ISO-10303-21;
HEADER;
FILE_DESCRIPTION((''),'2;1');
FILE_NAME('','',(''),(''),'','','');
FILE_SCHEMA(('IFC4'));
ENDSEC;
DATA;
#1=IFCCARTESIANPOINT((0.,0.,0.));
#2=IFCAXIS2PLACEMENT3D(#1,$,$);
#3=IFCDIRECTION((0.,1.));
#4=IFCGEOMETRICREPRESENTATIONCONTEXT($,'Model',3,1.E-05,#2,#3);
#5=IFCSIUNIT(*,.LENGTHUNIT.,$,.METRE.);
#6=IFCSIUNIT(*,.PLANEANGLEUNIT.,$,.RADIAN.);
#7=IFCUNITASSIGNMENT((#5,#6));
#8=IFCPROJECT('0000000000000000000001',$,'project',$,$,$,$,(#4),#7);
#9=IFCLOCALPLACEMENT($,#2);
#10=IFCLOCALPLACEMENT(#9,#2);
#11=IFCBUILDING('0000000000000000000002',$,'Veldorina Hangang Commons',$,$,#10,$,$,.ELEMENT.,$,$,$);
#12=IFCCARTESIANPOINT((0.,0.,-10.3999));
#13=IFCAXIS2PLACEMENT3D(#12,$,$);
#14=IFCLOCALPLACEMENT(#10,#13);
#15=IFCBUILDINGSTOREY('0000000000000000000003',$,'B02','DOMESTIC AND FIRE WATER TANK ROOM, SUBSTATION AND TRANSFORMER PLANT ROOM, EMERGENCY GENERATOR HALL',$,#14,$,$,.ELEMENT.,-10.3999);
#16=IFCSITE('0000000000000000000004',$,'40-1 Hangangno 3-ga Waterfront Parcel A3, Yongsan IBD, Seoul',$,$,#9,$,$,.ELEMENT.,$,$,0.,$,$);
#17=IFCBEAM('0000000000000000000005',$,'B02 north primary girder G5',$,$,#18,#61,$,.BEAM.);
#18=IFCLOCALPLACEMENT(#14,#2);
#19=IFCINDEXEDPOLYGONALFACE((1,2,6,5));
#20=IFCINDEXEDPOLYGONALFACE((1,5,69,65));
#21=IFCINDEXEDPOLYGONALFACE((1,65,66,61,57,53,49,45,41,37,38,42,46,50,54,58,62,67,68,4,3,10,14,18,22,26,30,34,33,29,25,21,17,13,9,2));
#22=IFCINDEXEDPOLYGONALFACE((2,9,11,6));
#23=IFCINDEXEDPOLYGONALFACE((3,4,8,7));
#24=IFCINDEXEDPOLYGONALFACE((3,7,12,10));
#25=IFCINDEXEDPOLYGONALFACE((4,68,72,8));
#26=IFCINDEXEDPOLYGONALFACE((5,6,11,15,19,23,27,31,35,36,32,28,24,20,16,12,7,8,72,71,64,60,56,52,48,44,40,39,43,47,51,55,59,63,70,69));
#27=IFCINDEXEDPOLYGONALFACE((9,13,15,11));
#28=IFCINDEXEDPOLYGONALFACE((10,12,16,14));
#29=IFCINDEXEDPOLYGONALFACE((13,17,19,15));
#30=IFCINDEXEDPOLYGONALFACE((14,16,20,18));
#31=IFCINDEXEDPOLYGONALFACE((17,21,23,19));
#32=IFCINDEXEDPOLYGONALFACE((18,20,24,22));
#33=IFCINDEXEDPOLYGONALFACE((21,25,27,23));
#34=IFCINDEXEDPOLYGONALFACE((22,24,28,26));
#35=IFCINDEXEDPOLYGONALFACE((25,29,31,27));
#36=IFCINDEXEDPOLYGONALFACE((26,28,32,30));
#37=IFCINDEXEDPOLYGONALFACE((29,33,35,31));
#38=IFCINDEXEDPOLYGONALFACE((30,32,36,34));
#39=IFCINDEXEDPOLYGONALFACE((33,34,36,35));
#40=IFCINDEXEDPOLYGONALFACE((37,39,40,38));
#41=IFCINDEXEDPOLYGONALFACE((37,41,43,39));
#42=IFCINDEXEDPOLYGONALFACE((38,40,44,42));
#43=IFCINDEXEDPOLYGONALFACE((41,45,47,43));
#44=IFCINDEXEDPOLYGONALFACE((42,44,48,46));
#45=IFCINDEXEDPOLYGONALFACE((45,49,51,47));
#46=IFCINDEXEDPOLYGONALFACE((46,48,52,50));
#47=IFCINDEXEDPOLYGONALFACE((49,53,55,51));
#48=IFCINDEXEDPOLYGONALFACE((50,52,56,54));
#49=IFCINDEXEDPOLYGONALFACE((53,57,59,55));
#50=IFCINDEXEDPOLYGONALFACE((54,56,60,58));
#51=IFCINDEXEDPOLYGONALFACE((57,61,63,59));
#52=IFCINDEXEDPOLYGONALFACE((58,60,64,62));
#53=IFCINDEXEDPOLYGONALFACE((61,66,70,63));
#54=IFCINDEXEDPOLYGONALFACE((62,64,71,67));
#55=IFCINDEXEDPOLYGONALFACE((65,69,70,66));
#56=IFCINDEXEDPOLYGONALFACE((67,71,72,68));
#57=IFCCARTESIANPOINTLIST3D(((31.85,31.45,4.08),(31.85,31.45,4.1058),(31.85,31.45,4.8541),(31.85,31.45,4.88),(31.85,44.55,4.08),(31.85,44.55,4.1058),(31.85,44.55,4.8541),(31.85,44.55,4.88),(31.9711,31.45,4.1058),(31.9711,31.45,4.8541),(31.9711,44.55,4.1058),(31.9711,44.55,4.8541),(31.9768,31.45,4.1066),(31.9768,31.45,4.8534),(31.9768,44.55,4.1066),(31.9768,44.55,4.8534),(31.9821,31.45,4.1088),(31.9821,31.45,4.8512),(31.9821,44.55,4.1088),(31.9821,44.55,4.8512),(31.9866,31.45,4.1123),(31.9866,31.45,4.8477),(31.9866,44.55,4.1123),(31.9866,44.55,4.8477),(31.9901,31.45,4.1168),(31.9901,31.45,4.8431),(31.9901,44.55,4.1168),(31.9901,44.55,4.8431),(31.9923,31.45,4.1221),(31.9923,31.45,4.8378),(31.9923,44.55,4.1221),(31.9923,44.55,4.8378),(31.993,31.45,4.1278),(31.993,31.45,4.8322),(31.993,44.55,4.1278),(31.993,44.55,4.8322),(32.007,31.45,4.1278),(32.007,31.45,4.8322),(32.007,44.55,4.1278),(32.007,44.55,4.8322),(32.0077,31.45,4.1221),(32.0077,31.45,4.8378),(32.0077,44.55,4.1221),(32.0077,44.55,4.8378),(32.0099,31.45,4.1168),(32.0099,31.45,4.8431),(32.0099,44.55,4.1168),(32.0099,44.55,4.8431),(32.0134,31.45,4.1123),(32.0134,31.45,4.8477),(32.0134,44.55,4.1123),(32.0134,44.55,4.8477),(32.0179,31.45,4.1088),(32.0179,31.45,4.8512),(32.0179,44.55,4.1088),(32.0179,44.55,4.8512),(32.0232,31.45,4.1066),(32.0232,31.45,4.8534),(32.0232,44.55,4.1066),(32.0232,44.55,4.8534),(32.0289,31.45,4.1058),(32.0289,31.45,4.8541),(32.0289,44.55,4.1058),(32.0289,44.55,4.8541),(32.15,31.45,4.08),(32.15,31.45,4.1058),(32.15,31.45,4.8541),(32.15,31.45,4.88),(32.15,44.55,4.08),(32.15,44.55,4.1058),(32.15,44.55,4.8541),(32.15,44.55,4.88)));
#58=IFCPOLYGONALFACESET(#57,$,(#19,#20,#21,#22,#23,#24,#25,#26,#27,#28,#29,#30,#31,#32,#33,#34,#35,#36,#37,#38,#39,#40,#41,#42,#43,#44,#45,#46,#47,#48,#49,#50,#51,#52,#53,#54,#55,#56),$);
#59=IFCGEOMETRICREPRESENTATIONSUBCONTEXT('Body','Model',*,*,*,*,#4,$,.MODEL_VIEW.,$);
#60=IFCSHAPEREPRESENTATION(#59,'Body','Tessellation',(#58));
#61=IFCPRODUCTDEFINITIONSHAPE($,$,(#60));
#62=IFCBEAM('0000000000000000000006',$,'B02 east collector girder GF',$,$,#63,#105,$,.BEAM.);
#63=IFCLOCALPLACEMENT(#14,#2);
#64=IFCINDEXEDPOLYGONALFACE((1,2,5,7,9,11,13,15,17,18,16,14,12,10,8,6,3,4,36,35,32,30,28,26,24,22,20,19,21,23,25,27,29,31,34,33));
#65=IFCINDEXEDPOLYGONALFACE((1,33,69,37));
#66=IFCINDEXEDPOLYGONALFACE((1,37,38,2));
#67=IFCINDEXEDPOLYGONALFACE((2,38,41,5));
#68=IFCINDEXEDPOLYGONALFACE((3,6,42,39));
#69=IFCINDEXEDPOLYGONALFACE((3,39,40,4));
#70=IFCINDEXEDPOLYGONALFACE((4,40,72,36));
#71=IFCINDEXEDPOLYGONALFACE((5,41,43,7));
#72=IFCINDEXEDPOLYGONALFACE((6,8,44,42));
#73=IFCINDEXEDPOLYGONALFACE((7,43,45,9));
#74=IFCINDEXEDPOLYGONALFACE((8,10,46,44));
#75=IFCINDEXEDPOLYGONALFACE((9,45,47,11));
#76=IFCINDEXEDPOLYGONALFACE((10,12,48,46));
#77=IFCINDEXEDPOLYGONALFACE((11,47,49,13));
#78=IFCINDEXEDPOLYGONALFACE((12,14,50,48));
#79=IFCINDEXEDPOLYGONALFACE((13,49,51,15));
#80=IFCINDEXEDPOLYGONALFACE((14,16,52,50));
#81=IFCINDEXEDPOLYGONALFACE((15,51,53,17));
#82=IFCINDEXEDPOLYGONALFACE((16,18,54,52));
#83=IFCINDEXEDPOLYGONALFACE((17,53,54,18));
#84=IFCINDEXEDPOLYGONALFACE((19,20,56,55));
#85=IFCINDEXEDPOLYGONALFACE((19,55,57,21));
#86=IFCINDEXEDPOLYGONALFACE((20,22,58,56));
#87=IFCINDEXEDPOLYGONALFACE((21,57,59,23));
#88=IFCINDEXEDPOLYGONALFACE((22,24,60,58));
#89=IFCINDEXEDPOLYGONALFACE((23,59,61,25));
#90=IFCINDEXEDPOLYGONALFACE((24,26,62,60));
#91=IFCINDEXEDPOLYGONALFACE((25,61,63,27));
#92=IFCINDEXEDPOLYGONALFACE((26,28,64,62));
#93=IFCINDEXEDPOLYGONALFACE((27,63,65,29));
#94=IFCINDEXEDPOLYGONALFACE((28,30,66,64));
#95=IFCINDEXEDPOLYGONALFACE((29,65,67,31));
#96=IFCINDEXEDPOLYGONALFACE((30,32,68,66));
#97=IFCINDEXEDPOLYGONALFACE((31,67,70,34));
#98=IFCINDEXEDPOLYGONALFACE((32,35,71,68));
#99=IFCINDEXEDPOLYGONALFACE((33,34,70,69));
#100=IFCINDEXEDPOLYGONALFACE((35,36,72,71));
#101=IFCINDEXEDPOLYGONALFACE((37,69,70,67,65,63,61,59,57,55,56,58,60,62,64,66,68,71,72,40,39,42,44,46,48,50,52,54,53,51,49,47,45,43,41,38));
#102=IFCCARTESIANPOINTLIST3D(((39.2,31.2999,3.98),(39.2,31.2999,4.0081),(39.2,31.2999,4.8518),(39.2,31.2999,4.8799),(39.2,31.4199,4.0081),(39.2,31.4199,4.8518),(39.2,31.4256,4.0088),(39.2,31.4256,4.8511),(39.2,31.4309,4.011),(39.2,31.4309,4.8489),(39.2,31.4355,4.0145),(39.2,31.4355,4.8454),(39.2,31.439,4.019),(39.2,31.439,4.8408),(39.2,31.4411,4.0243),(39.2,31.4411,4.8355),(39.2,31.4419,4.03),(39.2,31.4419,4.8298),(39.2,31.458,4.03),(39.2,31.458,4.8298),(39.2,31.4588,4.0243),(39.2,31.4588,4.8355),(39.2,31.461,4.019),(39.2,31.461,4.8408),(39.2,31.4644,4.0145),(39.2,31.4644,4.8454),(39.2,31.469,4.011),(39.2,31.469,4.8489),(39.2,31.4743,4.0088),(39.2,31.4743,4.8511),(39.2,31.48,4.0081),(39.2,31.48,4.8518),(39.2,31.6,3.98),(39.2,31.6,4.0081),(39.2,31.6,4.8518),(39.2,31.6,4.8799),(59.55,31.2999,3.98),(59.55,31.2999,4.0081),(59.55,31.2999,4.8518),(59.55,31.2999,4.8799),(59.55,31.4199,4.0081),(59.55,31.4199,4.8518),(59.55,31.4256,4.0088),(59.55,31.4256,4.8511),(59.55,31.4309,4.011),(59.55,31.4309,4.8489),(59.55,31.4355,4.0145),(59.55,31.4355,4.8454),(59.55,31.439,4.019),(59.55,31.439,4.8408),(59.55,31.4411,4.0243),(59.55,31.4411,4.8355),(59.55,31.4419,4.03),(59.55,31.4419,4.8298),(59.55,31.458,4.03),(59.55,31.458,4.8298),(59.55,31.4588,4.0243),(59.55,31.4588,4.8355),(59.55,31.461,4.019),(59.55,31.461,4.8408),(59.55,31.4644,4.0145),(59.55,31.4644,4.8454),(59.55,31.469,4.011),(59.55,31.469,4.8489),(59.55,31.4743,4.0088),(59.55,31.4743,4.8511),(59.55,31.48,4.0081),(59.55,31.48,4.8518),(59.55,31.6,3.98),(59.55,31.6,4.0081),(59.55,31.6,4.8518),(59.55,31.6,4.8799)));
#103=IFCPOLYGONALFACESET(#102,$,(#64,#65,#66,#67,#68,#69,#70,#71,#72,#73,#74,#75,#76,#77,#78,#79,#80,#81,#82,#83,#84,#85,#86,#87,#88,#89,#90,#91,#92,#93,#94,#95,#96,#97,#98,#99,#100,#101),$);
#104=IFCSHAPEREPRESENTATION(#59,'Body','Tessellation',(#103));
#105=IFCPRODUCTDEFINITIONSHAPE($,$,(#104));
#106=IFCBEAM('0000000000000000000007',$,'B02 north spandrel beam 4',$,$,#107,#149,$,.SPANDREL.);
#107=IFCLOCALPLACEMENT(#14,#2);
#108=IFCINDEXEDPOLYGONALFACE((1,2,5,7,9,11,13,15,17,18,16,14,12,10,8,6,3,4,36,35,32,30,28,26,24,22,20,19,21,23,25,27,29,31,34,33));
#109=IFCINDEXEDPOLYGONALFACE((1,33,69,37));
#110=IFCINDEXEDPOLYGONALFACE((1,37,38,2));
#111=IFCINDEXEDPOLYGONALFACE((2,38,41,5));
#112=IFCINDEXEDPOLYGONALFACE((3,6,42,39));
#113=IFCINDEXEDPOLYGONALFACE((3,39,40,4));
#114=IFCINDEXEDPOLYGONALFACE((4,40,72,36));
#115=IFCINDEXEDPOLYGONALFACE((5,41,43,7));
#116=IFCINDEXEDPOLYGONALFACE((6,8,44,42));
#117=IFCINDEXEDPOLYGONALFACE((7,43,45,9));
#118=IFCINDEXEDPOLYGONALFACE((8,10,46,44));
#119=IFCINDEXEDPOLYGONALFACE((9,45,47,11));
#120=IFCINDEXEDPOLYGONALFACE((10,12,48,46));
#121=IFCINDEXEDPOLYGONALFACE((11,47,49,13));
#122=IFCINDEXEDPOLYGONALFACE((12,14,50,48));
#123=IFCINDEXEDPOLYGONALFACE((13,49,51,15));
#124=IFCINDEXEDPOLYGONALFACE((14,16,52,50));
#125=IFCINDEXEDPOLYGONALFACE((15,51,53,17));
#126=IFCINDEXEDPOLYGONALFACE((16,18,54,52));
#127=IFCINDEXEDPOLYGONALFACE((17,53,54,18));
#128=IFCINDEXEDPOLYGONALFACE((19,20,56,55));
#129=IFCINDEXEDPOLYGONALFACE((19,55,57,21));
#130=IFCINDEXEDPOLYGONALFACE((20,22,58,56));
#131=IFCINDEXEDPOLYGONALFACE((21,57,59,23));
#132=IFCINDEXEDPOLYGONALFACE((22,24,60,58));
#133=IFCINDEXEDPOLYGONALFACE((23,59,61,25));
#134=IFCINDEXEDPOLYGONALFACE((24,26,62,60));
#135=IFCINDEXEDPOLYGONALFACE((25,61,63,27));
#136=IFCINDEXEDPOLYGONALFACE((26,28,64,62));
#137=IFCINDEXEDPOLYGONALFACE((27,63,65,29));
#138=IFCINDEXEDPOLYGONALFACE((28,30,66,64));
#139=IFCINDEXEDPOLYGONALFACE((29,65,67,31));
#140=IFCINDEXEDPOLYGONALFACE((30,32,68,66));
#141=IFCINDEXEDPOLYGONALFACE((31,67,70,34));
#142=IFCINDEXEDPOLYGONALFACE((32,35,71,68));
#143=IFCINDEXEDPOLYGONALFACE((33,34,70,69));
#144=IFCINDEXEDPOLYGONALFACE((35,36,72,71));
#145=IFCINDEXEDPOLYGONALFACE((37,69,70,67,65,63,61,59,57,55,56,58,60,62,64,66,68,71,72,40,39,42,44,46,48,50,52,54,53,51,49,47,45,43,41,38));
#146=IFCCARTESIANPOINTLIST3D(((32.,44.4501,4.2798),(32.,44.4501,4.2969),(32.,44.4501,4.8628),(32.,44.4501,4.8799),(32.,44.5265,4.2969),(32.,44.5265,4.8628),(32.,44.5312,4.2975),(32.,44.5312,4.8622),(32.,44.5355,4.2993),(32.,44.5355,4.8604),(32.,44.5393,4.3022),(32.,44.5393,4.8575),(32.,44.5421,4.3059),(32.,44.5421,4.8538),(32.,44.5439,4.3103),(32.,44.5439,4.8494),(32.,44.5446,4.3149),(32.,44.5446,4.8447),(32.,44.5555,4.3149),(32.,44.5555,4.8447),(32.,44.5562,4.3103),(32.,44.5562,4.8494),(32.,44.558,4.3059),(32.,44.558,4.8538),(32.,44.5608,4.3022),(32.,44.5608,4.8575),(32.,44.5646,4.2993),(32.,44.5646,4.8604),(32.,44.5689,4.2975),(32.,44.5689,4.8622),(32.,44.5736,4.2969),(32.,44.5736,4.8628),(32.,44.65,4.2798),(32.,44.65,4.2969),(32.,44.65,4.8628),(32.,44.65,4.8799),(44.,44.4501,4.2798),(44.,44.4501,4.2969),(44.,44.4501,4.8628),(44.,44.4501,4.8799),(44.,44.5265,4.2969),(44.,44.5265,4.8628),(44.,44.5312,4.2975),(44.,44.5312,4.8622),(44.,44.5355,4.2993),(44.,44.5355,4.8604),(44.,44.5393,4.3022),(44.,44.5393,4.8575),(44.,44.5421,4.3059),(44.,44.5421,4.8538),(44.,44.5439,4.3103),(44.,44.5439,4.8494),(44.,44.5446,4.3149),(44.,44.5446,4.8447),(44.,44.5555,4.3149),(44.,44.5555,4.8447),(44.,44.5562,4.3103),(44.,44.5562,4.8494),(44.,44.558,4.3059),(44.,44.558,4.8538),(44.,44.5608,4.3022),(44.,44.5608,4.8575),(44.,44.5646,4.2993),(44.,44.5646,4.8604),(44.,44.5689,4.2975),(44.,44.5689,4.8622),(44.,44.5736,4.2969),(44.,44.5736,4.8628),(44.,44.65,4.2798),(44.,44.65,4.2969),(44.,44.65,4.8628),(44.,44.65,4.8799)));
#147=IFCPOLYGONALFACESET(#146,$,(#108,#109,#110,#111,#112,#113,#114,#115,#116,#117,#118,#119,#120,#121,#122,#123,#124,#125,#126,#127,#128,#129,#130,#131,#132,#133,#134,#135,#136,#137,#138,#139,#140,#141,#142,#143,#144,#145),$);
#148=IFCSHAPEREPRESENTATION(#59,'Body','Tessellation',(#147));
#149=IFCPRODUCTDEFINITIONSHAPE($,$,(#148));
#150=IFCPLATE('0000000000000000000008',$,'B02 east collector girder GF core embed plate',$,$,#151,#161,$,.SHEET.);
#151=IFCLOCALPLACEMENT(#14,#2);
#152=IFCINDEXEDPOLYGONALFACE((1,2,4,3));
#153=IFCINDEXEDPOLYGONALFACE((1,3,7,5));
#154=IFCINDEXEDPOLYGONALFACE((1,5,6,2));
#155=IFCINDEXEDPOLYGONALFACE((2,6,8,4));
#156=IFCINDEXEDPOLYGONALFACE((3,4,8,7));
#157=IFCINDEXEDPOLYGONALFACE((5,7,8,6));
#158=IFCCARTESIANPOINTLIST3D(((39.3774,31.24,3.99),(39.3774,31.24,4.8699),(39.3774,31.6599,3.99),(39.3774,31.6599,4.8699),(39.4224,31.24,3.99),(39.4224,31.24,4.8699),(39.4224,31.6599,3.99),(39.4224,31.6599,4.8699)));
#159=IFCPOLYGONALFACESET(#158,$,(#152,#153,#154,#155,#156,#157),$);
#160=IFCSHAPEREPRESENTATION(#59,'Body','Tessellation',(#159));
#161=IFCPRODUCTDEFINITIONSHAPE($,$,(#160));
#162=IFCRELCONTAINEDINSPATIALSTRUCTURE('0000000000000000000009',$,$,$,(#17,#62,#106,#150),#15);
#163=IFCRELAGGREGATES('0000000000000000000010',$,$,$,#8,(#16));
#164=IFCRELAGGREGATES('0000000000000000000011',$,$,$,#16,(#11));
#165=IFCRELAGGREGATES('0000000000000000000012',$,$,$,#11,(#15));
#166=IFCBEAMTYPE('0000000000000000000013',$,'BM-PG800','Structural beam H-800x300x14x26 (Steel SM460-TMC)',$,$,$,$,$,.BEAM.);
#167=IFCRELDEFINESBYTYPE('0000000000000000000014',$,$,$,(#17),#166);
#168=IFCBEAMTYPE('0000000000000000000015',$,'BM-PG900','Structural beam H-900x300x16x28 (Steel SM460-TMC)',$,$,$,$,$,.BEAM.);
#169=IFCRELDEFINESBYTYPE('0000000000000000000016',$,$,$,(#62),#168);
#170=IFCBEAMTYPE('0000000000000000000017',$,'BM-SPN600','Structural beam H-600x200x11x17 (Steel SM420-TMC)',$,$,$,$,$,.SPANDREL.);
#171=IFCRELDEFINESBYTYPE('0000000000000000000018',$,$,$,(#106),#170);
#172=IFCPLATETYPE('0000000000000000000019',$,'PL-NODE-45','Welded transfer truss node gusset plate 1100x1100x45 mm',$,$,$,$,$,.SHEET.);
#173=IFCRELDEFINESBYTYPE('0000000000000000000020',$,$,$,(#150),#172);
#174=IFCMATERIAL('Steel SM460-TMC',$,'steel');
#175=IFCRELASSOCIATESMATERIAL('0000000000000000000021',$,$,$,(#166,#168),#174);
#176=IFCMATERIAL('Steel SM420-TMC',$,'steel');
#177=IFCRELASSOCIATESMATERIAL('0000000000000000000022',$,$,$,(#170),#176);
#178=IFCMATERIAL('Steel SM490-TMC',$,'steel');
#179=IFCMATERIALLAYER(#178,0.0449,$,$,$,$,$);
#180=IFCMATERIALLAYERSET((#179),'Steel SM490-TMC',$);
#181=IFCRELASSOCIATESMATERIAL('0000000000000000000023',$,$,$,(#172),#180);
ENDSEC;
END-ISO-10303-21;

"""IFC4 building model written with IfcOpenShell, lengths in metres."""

from ifc_helpers import new_model, si_unit, direction, frame, origin, origin_2d, place, context, subcontext, project, spatial, rectangle, i_section, extrude, material, layer, layer_set, material_profile, profile_set, type_object, element, save


model = new_model("IFC4")

# Units and contexts
model_context = context("Model", 3, precision=1e-05, world=origin(), true_north=direction((0.0, 1.0)))
body_context = subcontext(model_context, "Body", "Model", "MODEL_VIEW")
ifc_project = project(units=[si_unit("LENGTHUNIT", "METRE"), si_unit("PLANEANGLEUNIT", "RADIAN")], contexts=[model_context])

# Site, building, storey
site_placement = place(None, origin())
site = spatial("IfcSite", under=ifc_project, at=site_placement, Name="40-1 Hangangno 3-ga Waterfront Parcel A3, Yongsan IBD, Seoul", CompositionType="ELEMENT", RefElevation=0.0)
building_placement = place(site_placement, origin())
building = spatial("IfcBuilding", under=site, at=building_placement, Name="Veldorina Hangang Commons", CompositionType="ELEMENT")
storey_placement = place(building_placement, frame((0.0, 0.0, -10.3999)))
storey = spatial("IfcBuildingStorey", under=building, at=storey_placement, Name="B02", Description="DOMESTIC AND FIRE WATER TANK ROOM, SUBSTATION AND TRANSFORMER PLANT ROOM, EMERGENCY GENERATOR HALL", CompositionType="ELEMENT", Elevation=-10.3999)

# Beams
ifc_material_1 = material(Name="Steel SM460-TMC", Category="steel")
ifc_material_profile_1 = material_profile(ifc_material_1, i_section(OverallWidth=0.3, OverallDepth=0.8, WebThickness=0.0139, FlangeThickness=0.0259, FilletRadius=0.022, at=origin_2d()), Name="H-800x300x14x26")
ifc_profile_set_1 = profile_set([ifc_material_profile_1], Name="Steel SM460-TMC")
beam_type_1 = type_object("IfcBeamType", Name="BM-PG800", Description="Structural beam H-800x300x14x26 (Steel SM460-TMC)", PredefinedType="BEAM", material=ifc_profile_set_1)
beam_1_placement = place(storey_placement, frame((32.0, 31.45, 4.48), z_axis=(0.0, 1.0, 0.0), x_axis=(-1.0, 0.0, 0.0)))
element("IfcBeam", 1, at=beam_1_placement, inside=storey, type_object=beam_type_1, Name="B02 north primary girder G5", PredefinedType="BEAM", context=body_context, shape_type="SweptSolid", body=[
    extrude(i_section(OverallWidth=0.3, OverallDepth=0.8, WebThickness=0.0139, FlangeThickness=0.0259, FilletRadius=0.022, at=origin_2d()), origin(), (0.0, 0.0, 1.0), 13.1001),
])
ifc_material_profile_2 = material_profile(ifc_material_1, i_section(OverallWidth=0.3, OverallDepth=0.8999, WebThickness=0.0161, FlangeThickness=0.0281, FilletRadius=0.022, at=origin_2d()), Name="H-900x300x16x28")
ifc_profile_set_2 = profile_set([ifc_material_profile_2], Name="Steel SM460-TMC")
beam_type_2 = type_object("IfcBeamType", Name="BM-PG900", Description="Structural beam H-900x300x16x28 (Steel SM460-TMC)", PredefinedType="BEAM", material=ifc_profile_set_2)
beam_2_placement = place(storey_placement, frame((39.2, 31.45, 4.4299), z_axis=(1.0, 0.0, 0.0), x_axis=(0.0, 1.0, 0.0)))
element("IfcBeam", 2, at=beam_2_placement, inside=storey, type_object=beam_type_2, Name="B02 east collector girder GF", PredefinedType="BEAM", context=body_context, shape_type="SweptSolid", body=[
    extrude(i_section(OverallWidth=0.3, OverallDepth=0.8999, WebThickness=0.0161, FlangeThickness=0.0281, FilletRadius=0.022, at=origin_2d()), origin(), (0.0, 0.0, 1.0), 20.3501),
])
ifc_material_2 = material(Name="Steel SM420-TMC", Category="steel")
ifc_material_profile_3 = material_profile(ifc_material_2, i_section(OverallWidth=0.2, OverallDepth=0.6001, WebThickness=0.011, FlangeThickness=0.0171, FilletRadius=0.0181, at=origin_2d()), Name="H-600x200x11x17")
ifc_profile_set_3 = profile_set([ifc_material_profile_3], Name="Steel SM420-TMC")
beam_type_3 = type_object("IfcBeamType", Name="BM-SPN600", Description="Structural beam H-600x200x11x17 (Steel SM420-TMC)", PredefinedType="SPANDREL", material=ifc_profile_set_3)
beam_3_placement = place(storey_placement, frame((32.0, 44.55, 4.5798), z_axis=(1.0, 0.0, 0.0), x_axis=(0.0, 1.0, 0.0)))
element("IfcBeam", 3, at=beam_3_placement, inside=storey, type_object=beam_type_3, Name="B02 north spandrel beam 4", PredefinedType="SPANDREL", context=body_context, shape_type="SweptSolid", body=[
    extrude(i_section(OverallWidth=0.2, OverallDepth=0.6001, WebThickness=0.011, FlangeThickness=0.0171, FilletRadius=0.0181, at=origin_2d()), origin(), (0.0, 0.0, 1.0), 12.0),
])

# Plate
ifc_material_3 = material(Name="Steel SM490-TMC", Category="steel")
ifc_layer_1 = layer(ifc_material_3, 0.0449)
ifc_layer_set_1 = layer_set([ifc_layer_1], Name="Steel SM490-TMC")
plate_type = type_object("IfcPlateType", Name="PL-NODE-45", Description="Welded transfer truss node gusset plate 1100x1100x45 mm", PredefinedType="SHEET", material=ifc_layer_set_1)
plate_placement = place(storey_placement, frame((39.3999, 31.45, 3.99), z_axis=(0.0, 0.0, 1.0), x_axis=(1.0, 0.0, 0.0)))
element("IfcPlate", 4, at=plate_placement, inside=storey, type_object=plate_type, Name="B02 east collector girder GF core embed plate", PredefinedType="SHEET", context=body_context, shape_type="SweptSolid", body=[
    extrude(rectangle(XDim=0.0449, YDim=0.4199, at=origin_2d()), origin(), (0.0, 0.0, 1.0), 0.8799),
])

save(model, "model.ifc")
